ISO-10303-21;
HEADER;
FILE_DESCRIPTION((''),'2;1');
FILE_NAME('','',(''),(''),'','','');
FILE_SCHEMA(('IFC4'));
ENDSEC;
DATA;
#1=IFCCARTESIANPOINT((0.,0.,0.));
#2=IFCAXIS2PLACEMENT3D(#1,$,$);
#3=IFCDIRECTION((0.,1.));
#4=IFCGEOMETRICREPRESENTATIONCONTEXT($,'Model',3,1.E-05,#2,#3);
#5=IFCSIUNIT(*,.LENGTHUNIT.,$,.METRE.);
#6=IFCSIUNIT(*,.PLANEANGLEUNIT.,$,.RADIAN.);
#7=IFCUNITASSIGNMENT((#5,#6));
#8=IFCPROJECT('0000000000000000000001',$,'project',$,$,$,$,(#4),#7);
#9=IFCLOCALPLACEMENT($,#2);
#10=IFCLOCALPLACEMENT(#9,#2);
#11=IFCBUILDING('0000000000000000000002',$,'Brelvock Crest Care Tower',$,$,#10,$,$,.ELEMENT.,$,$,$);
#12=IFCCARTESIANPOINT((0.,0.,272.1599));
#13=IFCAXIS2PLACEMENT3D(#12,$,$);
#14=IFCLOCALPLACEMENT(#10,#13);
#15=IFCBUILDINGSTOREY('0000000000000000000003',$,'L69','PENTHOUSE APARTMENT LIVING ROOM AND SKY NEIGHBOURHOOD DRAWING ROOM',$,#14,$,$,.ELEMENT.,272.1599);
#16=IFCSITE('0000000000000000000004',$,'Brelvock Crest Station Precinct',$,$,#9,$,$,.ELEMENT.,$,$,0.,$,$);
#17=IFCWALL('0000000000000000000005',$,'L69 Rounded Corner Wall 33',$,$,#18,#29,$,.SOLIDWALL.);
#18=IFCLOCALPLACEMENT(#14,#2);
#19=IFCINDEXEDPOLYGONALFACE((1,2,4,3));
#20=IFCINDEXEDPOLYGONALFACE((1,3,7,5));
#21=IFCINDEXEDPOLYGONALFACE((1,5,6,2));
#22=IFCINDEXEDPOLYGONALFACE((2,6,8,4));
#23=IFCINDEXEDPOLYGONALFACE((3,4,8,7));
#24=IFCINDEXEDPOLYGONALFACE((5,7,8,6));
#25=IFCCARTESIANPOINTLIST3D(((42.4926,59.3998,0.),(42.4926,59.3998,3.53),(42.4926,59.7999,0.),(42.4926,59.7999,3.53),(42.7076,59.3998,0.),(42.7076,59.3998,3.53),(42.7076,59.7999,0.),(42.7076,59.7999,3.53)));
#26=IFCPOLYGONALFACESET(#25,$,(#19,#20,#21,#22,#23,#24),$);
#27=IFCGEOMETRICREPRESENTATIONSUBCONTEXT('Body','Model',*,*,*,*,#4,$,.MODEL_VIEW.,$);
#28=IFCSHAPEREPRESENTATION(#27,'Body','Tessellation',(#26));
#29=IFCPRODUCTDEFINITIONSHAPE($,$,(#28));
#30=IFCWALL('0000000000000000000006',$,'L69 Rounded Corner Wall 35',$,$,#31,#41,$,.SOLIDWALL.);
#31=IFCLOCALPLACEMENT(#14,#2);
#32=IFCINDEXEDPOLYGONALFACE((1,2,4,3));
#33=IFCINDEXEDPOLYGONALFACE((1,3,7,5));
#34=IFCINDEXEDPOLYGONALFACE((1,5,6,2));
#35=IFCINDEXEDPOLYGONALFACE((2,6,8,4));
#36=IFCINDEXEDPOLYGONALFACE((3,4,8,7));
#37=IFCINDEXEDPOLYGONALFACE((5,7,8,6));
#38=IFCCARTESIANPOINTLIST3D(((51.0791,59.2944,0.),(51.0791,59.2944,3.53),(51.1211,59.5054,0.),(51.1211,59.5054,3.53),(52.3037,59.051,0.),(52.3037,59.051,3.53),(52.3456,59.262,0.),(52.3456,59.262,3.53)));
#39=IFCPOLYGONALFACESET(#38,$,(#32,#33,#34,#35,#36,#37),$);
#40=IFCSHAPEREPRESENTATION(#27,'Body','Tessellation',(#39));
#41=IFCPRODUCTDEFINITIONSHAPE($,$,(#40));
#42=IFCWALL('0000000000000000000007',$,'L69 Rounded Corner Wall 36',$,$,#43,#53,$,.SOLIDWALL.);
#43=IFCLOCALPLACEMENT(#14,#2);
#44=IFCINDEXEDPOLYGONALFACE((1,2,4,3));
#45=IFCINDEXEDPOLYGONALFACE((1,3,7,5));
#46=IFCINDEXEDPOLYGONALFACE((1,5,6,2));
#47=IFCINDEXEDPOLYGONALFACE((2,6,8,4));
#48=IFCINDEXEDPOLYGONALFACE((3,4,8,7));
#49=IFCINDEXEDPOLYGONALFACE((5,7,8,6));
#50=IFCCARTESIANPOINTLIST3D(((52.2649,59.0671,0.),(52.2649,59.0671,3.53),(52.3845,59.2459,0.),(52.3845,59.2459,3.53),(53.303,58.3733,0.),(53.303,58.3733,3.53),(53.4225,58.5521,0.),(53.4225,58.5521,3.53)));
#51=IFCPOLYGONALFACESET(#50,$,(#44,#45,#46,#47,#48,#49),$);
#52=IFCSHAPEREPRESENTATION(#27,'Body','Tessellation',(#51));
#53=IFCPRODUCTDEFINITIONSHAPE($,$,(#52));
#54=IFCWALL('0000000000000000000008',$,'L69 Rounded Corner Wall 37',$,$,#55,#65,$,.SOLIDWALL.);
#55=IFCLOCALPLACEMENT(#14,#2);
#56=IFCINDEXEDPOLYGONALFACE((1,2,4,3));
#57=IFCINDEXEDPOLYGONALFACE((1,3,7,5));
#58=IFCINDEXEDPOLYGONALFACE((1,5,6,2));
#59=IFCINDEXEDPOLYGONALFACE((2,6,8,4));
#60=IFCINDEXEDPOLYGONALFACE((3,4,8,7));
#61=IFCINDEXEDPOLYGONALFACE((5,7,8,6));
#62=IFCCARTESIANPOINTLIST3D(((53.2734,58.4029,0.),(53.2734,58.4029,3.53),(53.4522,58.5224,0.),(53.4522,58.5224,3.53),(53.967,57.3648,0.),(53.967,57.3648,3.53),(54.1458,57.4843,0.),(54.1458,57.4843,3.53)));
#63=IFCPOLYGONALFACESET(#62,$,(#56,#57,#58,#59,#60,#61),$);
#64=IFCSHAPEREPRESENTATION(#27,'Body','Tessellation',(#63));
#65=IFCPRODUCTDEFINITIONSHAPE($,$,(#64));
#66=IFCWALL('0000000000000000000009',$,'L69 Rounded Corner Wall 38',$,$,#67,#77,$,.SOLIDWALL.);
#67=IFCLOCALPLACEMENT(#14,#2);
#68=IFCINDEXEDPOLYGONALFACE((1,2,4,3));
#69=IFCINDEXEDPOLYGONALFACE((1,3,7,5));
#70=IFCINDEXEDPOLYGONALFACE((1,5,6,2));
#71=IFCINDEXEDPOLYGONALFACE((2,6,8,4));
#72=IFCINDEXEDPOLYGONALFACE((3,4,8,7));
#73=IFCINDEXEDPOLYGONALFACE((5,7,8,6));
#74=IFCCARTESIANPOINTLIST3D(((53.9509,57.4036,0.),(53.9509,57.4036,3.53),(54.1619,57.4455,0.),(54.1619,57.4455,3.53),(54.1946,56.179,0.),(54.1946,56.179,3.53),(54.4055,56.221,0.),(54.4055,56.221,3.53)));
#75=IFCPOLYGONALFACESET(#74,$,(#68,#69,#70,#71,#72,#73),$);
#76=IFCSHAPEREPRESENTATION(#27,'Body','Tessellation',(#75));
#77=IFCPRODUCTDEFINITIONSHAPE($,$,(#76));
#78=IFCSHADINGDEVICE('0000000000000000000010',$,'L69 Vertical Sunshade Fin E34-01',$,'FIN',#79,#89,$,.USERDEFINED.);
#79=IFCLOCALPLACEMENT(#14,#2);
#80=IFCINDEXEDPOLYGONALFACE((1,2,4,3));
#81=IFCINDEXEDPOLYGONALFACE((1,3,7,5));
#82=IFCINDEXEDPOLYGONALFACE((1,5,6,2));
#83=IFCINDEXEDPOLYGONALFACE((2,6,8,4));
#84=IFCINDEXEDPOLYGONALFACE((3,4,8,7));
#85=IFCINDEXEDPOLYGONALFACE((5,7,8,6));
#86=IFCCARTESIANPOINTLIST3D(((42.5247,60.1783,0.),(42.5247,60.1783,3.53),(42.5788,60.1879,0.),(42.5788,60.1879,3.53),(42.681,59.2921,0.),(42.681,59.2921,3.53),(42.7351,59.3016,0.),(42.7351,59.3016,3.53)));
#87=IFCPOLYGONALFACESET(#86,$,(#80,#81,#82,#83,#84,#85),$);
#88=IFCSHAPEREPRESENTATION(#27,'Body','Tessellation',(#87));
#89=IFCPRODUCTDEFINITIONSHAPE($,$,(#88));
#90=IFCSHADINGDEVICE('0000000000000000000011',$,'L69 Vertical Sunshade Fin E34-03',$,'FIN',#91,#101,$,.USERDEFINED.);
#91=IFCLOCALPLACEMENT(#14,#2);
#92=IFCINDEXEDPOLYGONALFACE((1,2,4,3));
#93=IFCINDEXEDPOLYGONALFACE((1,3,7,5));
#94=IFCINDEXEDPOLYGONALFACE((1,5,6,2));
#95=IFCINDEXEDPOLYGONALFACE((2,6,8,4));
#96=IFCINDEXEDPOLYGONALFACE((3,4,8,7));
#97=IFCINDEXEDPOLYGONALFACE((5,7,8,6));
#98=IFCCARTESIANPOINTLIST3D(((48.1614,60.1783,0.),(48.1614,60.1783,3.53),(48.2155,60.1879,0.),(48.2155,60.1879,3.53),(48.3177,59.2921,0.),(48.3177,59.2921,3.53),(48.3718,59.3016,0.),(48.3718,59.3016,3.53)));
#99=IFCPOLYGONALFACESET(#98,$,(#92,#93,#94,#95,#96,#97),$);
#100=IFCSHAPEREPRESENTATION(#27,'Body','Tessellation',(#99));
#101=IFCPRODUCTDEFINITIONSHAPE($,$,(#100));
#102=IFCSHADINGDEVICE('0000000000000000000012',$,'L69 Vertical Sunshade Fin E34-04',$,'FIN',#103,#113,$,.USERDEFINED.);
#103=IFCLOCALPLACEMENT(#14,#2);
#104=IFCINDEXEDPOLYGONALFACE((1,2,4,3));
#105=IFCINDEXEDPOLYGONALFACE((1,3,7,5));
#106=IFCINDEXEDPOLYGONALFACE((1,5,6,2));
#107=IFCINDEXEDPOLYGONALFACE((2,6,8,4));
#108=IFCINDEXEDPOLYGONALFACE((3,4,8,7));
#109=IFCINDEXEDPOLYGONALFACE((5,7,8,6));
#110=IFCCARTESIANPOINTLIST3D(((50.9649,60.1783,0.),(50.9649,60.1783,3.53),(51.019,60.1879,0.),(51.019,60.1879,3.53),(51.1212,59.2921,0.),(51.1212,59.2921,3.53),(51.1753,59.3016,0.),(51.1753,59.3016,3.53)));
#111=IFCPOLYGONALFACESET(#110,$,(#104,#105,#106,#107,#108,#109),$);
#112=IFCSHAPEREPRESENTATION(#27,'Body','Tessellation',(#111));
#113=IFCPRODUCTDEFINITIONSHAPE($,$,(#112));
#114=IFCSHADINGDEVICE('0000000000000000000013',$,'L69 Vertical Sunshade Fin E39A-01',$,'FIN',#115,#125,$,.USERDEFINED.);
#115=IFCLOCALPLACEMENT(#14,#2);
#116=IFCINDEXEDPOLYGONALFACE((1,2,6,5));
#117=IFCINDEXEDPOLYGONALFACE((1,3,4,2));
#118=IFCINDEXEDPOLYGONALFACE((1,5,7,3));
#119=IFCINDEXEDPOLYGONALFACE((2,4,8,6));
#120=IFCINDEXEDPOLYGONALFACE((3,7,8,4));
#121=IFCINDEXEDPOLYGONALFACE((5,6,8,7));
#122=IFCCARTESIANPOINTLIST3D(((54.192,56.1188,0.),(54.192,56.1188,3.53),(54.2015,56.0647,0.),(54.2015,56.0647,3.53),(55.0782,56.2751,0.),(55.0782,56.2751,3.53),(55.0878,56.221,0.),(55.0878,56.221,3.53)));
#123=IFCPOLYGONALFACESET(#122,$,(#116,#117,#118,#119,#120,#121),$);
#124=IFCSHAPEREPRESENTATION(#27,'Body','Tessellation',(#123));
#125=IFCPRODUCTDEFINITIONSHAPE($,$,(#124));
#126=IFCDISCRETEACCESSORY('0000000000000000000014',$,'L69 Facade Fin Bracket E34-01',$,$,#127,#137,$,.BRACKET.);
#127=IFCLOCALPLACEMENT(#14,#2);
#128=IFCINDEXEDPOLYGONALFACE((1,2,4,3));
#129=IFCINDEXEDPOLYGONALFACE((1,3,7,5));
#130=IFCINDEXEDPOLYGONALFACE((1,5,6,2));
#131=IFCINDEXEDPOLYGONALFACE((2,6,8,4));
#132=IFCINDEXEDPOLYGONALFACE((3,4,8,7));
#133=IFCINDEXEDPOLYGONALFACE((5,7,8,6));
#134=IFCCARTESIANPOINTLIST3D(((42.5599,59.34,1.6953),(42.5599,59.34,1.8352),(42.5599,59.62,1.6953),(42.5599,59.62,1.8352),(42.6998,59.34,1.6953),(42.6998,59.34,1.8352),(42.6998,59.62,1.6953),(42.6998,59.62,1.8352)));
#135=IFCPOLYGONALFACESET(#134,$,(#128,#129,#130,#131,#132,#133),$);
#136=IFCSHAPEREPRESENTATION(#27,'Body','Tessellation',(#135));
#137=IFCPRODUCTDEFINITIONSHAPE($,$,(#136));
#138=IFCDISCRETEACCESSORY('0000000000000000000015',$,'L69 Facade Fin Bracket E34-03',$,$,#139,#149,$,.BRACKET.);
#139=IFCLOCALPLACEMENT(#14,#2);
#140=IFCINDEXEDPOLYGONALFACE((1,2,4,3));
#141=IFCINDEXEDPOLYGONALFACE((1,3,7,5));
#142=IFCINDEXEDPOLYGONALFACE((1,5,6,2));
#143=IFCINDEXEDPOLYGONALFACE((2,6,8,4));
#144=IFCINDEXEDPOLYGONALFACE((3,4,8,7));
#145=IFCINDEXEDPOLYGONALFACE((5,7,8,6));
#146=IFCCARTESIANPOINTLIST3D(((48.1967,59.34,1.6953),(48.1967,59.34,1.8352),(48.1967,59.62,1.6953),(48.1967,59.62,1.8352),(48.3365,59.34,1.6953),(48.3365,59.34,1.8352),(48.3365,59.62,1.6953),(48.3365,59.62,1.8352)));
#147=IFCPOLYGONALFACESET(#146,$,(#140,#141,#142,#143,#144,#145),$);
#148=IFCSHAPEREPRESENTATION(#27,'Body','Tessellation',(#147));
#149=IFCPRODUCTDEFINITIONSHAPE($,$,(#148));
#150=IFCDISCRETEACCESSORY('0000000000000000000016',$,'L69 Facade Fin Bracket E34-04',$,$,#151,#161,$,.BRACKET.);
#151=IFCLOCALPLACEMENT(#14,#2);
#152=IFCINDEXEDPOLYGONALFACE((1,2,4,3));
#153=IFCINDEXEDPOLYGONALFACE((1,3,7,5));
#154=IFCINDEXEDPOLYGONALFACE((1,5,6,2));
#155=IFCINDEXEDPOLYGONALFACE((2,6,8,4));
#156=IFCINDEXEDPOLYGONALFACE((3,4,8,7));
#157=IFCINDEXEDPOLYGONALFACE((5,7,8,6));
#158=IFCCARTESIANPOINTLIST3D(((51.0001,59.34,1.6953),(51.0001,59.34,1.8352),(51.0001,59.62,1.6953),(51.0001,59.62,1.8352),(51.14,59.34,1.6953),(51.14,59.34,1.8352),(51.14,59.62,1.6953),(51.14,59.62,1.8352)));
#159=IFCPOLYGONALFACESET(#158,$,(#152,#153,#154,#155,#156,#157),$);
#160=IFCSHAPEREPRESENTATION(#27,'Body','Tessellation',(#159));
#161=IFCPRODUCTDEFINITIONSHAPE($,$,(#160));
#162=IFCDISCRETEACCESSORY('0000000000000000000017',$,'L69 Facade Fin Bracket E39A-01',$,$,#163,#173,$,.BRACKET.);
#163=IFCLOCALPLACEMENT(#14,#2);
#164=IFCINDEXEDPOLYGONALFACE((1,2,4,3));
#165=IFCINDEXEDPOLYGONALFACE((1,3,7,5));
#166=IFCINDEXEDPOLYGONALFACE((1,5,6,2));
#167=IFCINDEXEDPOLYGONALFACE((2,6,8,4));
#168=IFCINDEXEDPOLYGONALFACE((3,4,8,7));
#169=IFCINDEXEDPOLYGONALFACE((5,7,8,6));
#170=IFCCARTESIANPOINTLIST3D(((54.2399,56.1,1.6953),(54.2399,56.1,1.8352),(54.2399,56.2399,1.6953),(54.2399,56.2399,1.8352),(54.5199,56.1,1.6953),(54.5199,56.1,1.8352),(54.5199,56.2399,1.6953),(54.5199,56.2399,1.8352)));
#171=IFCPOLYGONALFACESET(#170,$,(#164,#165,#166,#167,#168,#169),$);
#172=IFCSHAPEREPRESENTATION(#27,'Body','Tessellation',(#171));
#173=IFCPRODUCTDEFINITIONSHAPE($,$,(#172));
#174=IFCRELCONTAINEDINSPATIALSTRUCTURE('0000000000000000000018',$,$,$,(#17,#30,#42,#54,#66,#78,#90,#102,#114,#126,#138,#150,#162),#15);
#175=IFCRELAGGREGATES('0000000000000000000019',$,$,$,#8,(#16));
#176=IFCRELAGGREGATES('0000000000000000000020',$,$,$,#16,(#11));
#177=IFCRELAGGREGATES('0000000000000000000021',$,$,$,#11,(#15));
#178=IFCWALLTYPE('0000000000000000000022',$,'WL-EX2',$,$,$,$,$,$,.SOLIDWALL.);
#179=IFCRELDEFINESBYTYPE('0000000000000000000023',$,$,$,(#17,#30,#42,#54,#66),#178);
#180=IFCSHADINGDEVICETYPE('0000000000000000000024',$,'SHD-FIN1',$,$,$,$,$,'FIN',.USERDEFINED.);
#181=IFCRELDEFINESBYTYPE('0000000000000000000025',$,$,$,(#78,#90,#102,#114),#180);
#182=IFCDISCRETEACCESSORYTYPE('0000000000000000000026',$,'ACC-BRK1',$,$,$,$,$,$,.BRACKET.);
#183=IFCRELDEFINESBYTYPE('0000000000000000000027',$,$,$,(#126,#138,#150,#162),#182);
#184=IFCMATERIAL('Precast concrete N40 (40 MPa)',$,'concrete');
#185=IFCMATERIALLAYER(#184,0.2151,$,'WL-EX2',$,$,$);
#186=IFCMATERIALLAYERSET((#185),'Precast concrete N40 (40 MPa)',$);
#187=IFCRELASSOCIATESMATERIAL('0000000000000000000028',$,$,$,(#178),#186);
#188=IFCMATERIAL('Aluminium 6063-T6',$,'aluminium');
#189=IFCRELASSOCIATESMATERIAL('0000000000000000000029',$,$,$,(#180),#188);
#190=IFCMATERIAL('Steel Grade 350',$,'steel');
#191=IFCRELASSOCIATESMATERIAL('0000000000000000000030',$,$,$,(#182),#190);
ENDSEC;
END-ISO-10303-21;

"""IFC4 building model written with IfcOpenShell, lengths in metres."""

from ifc_helpers import new_model, si_unit, direction, frame, frame_2d, origin, origin_2d, place, context, subcontext, project, spatial, rectangle, extrude, source, transform, mapped, material, layer, layer_set, material_profile, profile_set, type_object, element, save


model = new_model("IFC4")

# Units and contexts
model_context = context("Model", 3, precision=1e-05, world=origin(), true_north=direction((0.0, 1.0)))
body_context = subcontext(model_context, "Body", "Model", "MODEL_VIEW")
ifc_project = project(units=[si_unit("LENGTHUNIT", "METRE"), si_unit("PLANEANGLEUNIT", "RADIAN")], contexts=[model_context])

# Site, building, storey
site_placement = place(None, origin())
site = spatial("IfcSite", under=ifc_project, at=site_placement, Name="Brelvock Crest Station Precinct", CompositionType="ELEMENT", RefElevation=0.0)
building_placement = place(site_placement, origin())
building = spatial("IfcBuilding", under=site, at=building_placement, Name="Brelvock Crest Care Tower", CompositionType="ELEMENT")
storey_placement = place(building_placement, frame((0.0, 0.0, 272.1599)))
storey = spatial("IfcBuildingStorey", under=building, at=storey_placement, Name="L69", Description="PENTHOUSE APARTMENT LIVING ROOM AND SKY NEIGHBOURHOOD DRAWING ROOM", CompositionType="ELEMENT", Elevation=272.1599)

# Shared definitions
ifc_material_1 = material(Name="Steel Grade 350", Category="steel")

# Shared definitions
ifc_material_2 = material(Name="Aluminium 6063-T6", Category="aluminium")

# Walls
ifc_material_3 = material(Name="Precast concrete N40 (40 MPa)", Category="concrete")
ifc_layer_1 = layer(ifc_material_3, 0.2151, Name="WL-EX2")
ifc_layer_set_1 = layer_set([ifc_layer_1], Name="Precast concrete N40 (40 MPa)")
wall_type = type_object("IfcWallType", Name="WL-EX2", PredefinedType="SOLIDWALL", material=ifc_layer_set_1)
wall_1_placement = place(storey_placement, frame((42.6001, 59.8, 0.0), z_axis=(0.0, 0.0, 1.0), x_axis=(0.0, -1.0, 0.0)))
element("IfcWall", 1, at=wall_1_placement, inside=storey, type_object=wall_type, Name="L69 Rounded Corner Wall 33", PredefinedType="SOLIDWALL", context=body_context, shape_type="SweptSolid", body=[
    extrude(rectangle(XDim=0.4001, YDim=0.2151, at=frame_2d((0.2002, 0.0))), origin(), (0.0, 0.0, 1.0), 3.53),
])
for number, where, z_axis, x_axis, name in (
    (2, (51.1001, 59.3999, 0.0), (0.0, 0.0, 1.0), (0.980813, -0.19495, 0.0), "L69 Rounded Corner Wall 35"),
    (3, (52.3247, 59.1565, 0.0), (0.0, 0.0, 1.0), (0.831388, -0.555692, 0.0), "L69 Rounded Corner Wall 36"),
    (4, (53.3628, 58.4626, 0.0), (0.0, 0.0, 1.0), (0.555557, -0.831478, 0.0), "L69 Rounded Corner Wall 37"),
    (5, (54.0564, 57.4246, 0.0), (0.0, 0.0, 1.0), (0.195138, -0.980776, 0.0), "L69 Rounded Corner Wall 38"),
):
    element("IfcWall", number, at=place(storey_placement, frame(where, z_axis=z_axis, x_axis=x_axis)), inside=storey, type_object=wall_type, Name=name, PredefinedType="SOLIDWALL", context=body_context, shape_type="SweptSolid", body=[
        extrude(rectangle(XDim=1.2485, YDim=0.2151, at=frame_2d((0.6243, 0.0))), origin(), (0.0, 0.0, 1.0), 3.53),
    ])

# Shading devices
ifc_material_profile_1 = material_profile(ifc_material_2, rectangle(XDim=0.0549, YDim=0.8999, at=origin_2d()), Name="FIN55x900")
ifc_profile_set_1 = profile_set([ifc_material_profile_1], Name="Aluminium 6063-T6")
shading_device_type = type_object("IfcShadingDeviceType", Name="SHD-FIN1", ElementType="FIN", PredefinedType="USERDEFINED", material=ifc_profile_set_1)
shared_shape_1 = source(origin(), body_context, "Body", "SweptSolid", [
    extrude(rectangle(XDim=0.0549, YDim=0.8999, at=origin_2d()), origin(), (0.0, 0.0, 1.0), 3.53),
])
for number, where, z_axis, x_axis, name in (
    (6, (42.6299, 59.74, 0.0), (0.0, 0.0, 1.0), (0.984808, 0.173648, 0.0), "L69 Vertical Sunshade Fin E34-01"),
    (7, (48.2666, 59.74, 0.0), (0.0, 0.0, 1.0), (0.984808, 0.173648, 0.0), "L69 Vertical Sunshade Fin E34-03"),
    (8, (51.0701, 59.74, 0.0), (0.0, 0.0, 1.0), (0.984808, 0.173648, 0.0), "L69 Vertical Sunshade Fin E34-04"),
    (9, (54.6399, 56.1699, 0.0), (0.0, 0.0, 1.0), (0.173648, -0.984808, 0.0), "L69 Vertical Sunshade Fin E39A-01"),
):
    element("IfcShadingDevice", number, at=place(storey_placement, frame(where, z_axis=z_axis, x_axis=x_axis)), inside=storey, type_object=shading_device_type, Name=name, ObjectType="FIN", PredefinedType="USERDEFINED", context=body_context, shape_type="MappedRepresentation", body=[
        mapped(shared_shape_1, transform((0.0, 0.0, 0.0), x_axis=(1.0, 0.0, 0.0), y_axis=(0.0, 1.0, 0.0), z_axis=(0.0, 0.0, 1.0), scale=1.0)),
    ])

# Discrete accessories
discrete_accessory_type = type_object("IfcDiscreteAccessoryType", Name="ACC-BRK1", PredefinedType="BRACKET", material=ifc_material_1)
shared_shape_2 = source(origin(), body_context, "Body", "SweptSolid", [
    extrude(rectangle(XDim=0.28, YDim=0.1399, at=origin_2d()), origin(), (0.0, 0.0, 1.0), 0.1399),
])
for number, where, z_axis, x_axis, name in (
    (10, (42.6299, 59.48, 1.6953), (0.0, 0.0, 1.0), (0.0, 1.0, 0.0), "L69 Facade Fin Bracket E34-01"),
    (11, (48.2666, 59.48, 1.6953), (0.0, 0.0, 1.0), (0.0, 1.0, 0.0), "L69 Facade Fin Bracket E34-03"),
    (12, (51.0701, 59.48, 1.6953), (0.0, 0.0, 1.0), (0.0, 1.0, 0.0), "L69 Facade Fin Bracket E34-04"),
    (13, (54.3799, 56.1699, 1.6953), (0.0, 0.0, 1.0), (1.0, 0.0, 0.0), "L69 Facade Fin Bracket E39A-01"),
):
    element("IfcDiscreteAccessory", number, at=place(storey_placement, frame(where, z_axis=z_axis, x_axis=x_axis)), inside=storey, type_object=discrete_accessory_type, Name=name, PredefinedType="BRACKET", context=body_context, shape_type="MappedRepresentation", body=[
        mapped(shared_shape_2, transform((0.0, 0.0, 0.0), x_axis=(1.0, 0.0, 0.0), y_axis=(0.0, 1.0, 0.0), z_axis=(0.0, 0.0, 1.0), scale=1.0)),
    ])

save(model, "model.ifc")
